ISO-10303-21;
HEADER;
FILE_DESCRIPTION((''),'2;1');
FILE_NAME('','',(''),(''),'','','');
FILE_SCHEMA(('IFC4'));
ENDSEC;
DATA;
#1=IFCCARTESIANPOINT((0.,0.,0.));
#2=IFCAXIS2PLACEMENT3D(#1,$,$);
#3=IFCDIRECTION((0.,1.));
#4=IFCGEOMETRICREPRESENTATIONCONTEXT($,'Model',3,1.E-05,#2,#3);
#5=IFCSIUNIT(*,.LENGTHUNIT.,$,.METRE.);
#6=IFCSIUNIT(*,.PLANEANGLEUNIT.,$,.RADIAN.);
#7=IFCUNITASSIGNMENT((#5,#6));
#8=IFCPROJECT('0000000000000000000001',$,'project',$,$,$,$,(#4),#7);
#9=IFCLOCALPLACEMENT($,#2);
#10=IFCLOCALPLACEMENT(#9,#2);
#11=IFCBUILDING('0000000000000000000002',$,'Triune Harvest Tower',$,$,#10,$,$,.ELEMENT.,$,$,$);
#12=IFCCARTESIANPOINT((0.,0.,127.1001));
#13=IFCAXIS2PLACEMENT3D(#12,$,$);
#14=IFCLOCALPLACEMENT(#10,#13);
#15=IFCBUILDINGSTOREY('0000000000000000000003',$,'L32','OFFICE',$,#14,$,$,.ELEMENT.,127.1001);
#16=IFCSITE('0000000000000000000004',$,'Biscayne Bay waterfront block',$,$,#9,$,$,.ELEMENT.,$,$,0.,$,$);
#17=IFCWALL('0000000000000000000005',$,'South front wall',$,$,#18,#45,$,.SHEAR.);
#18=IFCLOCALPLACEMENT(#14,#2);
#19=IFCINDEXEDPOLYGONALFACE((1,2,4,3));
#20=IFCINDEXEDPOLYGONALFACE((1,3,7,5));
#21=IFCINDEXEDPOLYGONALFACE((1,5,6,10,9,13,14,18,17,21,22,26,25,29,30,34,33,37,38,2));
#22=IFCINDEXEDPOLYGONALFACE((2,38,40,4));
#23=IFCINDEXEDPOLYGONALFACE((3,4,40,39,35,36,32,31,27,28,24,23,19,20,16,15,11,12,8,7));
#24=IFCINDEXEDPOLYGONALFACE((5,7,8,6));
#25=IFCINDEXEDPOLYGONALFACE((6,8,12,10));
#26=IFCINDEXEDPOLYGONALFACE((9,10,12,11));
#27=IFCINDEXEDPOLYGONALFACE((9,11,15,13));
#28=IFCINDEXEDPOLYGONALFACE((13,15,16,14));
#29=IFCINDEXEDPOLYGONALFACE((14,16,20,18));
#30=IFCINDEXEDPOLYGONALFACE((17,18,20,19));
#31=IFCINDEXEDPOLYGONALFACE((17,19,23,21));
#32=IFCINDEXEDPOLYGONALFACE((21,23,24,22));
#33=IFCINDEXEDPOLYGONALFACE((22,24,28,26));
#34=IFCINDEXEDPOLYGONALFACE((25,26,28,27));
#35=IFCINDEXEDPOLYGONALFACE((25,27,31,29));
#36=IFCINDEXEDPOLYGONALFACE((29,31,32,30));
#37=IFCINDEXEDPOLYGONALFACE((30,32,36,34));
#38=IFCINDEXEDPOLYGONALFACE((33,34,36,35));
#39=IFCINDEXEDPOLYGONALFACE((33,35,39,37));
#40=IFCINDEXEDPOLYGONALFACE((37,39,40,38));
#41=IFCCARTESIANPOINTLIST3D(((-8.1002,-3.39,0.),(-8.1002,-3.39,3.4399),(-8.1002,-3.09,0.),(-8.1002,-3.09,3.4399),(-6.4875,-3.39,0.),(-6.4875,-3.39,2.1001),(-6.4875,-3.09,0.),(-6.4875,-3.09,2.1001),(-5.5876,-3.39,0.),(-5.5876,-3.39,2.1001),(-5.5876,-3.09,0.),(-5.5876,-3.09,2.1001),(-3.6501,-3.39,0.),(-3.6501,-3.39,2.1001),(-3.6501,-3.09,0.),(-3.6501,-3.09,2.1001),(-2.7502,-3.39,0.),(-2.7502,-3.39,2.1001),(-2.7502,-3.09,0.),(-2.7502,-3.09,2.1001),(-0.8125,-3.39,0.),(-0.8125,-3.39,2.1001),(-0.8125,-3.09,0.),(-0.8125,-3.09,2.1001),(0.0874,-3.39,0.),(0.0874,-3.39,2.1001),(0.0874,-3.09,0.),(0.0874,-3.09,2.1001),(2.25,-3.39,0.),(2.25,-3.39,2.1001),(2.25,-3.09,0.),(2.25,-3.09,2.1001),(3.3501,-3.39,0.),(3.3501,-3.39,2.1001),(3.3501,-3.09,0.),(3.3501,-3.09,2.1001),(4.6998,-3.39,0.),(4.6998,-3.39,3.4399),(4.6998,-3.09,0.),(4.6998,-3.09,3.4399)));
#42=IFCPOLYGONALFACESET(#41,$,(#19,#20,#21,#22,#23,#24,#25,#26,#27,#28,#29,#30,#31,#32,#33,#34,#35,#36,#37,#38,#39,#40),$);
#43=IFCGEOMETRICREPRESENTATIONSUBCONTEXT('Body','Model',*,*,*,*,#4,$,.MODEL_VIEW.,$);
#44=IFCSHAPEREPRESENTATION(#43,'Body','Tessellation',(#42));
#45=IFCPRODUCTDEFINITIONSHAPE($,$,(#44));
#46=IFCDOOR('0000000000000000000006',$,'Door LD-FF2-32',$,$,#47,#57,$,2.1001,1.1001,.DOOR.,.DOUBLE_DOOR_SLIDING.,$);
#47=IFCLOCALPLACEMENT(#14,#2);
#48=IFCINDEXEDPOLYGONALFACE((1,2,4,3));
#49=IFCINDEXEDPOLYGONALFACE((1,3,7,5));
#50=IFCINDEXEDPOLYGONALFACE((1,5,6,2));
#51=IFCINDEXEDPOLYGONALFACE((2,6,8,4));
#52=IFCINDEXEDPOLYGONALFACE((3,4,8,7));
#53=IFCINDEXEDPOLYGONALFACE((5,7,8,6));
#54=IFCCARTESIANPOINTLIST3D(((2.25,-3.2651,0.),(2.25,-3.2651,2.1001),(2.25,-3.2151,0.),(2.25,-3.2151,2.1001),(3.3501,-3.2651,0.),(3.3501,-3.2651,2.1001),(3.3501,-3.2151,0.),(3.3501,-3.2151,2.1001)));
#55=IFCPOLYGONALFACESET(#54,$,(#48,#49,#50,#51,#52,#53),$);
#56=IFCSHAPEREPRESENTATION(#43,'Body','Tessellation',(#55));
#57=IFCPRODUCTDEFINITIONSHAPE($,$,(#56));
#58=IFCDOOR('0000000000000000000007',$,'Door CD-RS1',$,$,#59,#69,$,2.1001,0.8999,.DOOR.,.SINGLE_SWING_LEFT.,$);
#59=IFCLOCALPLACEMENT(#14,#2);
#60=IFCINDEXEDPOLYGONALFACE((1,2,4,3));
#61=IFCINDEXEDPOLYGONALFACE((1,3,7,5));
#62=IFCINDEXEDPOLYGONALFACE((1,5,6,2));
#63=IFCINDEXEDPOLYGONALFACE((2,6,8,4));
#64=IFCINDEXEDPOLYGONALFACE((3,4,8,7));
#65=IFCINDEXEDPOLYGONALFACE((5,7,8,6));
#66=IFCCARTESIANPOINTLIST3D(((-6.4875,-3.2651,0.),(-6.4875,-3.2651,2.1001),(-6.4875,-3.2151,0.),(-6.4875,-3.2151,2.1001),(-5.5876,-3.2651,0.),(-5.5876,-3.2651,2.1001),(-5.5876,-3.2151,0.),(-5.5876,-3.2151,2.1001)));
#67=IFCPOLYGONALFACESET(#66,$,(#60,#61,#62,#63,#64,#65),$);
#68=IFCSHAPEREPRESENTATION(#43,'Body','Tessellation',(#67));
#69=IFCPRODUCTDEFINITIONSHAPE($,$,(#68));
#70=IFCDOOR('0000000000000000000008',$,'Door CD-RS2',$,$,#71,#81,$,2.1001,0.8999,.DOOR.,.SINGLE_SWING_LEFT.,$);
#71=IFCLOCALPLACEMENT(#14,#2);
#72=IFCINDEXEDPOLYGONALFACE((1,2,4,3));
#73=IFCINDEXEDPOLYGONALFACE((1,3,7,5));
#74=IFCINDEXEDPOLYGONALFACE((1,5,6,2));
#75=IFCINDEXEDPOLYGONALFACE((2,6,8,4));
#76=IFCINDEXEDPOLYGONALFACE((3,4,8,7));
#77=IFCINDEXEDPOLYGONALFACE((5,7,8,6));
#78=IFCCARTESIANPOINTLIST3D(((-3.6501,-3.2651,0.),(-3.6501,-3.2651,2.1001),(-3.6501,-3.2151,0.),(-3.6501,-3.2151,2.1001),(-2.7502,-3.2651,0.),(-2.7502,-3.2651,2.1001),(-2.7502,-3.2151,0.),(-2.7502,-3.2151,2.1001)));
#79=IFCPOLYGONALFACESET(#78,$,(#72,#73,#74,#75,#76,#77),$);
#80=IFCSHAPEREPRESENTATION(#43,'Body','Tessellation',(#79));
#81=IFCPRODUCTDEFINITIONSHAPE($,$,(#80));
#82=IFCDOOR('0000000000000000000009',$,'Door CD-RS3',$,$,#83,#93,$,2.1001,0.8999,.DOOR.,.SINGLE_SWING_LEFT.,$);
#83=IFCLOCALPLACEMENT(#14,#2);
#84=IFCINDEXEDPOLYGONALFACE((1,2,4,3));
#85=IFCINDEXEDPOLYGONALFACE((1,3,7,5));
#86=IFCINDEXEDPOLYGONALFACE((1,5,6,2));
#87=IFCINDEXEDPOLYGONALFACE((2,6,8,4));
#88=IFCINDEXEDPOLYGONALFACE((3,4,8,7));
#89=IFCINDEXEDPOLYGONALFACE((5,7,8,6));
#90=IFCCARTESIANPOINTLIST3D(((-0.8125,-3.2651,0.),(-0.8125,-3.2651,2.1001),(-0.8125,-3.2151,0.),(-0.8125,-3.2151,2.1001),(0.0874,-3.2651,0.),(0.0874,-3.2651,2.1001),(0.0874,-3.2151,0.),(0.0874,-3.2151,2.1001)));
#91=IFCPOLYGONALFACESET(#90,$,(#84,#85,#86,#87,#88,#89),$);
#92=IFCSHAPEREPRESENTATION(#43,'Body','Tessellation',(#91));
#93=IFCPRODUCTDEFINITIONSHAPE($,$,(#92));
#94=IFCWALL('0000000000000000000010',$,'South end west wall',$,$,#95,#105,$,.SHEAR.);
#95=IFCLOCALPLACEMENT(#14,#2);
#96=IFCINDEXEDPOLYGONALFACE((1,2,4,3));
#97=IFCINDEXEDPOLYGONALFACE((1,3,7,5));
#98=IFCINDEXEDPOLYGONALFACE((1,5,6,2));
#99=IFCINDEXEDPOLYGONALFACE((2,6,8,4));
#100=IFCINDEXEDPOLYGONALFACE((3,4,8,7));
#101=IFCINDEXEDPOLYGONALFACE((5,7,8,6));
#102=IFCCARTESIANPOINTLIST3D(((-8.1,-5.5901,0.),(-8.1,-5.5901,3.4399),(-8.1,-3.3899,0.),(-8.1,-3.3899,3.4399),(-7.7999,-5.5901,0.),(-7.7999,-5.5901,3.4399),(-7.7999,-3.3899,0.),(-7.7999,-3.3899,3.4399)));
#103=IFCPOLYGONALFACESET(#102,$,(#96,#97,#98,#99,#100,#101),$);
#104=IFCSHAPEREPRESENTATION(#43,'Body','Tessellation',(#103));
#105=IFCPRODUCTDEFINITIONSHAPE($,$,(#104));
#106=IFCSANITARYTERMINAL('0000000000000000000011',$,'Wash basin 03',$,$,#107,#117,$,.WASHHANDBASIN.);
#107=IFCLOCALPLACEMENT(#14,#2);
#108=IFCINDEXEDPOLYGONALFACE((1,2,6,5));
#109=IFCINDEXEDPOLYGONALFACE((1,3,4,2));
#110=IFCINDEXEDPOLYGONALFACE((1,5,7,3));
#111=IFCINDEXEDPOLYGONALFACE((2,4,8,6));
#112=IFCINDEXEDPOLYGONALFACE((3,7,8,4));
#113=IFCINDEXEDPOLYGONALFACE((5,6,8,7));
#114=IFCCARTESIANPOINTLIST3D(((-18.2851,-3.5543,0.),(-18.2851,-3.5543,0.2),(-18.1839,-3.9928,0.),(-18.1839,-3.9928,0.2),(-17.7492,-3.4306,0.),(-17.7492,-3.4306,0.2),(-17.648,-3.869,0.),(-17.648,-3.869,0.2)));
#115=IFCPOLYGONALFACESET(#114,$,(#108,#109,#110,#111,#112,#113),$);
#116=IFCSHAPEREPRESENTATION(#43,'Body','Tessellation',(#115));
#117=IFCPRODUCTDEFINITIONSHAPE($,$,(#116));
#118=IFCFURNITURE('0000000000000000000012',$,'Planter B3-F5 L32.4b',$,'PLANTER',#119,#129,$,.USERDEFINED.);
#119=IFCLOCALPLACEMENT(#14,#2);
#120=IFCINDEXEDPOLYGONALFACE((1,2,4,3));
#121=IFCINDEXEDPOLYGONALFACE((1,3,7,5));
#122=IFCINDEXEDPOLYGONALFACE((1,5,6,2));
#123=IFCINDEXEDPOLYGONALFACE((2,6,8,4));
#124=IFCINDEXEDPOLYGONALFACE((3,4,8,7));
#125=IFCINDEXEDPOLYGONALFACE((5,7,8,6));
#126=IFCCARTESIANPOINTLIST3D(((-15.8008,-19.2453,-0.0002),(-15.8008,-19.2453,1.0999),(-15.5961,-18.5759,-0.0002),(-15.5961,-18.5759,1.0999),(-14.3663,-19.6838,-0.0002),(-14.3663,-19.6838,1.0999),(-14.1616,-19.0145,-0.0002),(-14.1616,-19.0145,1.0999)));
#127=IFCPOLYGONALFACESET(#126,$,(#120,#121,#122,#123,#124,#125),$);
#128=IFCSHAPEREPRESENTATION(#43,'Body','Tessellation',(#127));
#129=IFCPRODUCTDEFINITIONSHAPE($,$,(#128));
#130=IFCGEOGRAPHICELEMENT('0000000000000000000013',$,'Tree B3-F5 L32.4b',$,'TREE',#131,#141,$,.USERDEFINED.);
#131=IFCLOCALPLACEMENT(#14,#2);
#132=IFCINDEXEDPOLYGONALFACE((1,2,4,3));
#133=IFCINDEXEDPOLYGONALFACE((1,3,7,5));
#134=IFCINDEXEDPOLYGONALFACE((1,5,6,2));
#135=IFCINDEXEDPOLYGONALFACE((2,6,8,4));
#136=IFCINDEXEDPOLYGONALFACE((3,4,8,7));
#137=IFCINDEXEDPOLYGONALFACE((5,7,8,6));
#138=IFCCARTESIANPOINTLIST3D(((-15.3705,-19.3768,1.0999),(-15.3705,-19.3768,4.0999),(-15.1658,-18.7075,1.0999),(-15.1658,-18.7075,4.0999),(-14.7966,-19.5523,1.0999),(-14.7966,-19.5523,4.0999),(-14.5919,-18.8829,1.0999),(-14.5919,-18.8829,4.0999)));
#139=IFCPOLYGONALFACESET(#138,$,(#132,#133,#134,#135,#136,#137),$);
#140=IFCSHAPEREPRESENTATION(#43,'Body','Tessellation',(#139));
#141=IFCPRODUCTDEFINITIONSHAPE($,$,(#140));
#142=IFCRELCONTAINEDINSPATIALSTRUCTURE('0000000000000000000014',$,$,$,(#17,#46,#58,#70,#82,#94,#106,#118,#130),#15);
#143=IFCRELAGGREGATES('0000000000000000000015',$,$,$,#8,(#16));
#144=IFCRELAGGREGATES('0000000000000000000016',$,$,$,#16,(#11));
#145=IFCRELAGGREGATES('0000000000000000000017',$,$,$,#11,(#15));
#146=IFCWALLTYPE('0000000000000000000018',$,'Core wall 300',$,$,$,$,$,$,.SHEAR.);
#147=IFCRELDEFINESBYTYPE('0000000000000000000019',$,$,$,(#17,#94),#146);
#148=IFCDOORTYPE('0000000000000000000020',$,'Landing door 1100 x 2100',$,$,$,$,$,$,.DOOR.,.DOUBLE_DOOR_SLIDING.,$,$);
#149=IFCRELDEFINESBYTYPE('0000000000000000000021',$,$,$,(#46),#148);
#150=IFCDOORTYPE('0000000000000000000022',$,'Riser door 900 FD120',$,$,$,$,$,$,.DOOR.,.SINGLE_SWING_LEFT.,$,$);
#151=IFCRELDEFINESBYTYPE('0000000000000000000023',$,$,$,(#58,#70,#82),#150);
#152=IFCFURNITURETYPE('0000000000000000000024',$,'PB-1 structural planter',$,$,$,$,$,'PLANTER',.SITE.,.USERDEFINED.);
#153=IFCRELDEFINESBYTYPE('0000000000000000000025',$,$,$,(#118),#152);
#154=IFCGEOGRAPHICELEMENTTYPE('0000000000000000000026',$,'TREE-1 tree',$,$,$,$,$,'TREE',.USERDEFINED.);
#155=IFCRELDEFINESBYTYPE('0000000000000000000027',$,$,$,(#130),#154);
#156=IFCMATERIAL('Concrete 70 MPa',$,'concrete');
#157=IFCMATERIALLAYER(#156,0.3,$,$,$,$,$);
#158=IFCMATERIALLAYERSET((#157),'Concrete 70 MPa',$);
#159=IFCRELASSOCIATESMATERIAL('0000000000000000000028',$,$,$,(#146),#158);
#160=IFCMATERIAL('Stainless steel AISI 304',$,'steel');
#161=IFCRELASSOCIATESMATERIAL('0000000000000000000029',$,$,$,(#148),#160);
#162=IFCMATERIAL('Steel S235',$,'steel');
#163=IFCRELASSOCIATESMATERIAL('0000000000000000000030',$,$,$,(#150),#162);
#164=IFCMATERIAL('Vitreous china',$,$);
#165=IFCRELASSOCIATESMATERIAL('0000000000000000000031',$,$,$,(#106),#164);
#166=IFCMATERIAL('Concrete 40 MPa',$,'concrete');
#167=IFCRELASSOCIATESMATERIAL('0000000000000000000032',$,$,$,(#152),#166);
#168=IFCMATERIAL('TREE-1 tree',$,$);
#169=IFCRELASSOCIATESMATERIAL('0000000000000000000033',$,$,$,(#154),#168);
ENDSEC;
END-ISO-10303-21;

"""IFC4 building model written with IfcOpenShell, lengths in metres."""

from ifc_helpers import new_model, si_unit, direction, frame, frame_2d, origin, origin_2d, place, context, subcontext, project, spatial, rectangle, extrude, source, transform, mapped, material, layer, layer_set, type_object, element, fill, save


model = new_model("IFC4")

# Units and contexts
model_context = context("Model", 3, precision=1e-05, world=origin(), true_north=direction((0.0, 1.0)))
body_context = subcontext(model_context, "Body", "Model", "MODEL_VIEW")
ifc_project = project(units=[si_unit("LENGTHUNIT", "METRE"), si_unit("PLANEANGLEUNIT", "RADIAN")], contexts=[model_context])

# Site, building, storey
site_placement = place(None, origin())
site = spatial("IfcSite", under=ifc_project, at=site_placement, Name="Biscayne Bay waterfront block", CompositionType="ELEMENT", RefElevation=0.0)
building_placement = place(site_placement, origin())
building = spatial("IfcBuilding", under=site, at=building_placement, Name="Triune Harvest Tower", CompositionType="ELEMENT")
storey_placement = place(building_placement, frame((0.0, 0.0, 127.1001)))
storey = spatial("IfcBuildingStorey", under=building, at=storey_placement, Name="L32", Description="OFFICE", CompositionType="ELEMENT", Elevation=127.1001)

# Wall, openings, doors
ifc_material_1 = material(Name="Concrete 70 MPa", Category="concrete")
ifc_layer_1 = layer(ifc_material_1, 0.3)
ifc_layer_set_1 = layer_set([ifc_layer_1], Name="Concrete 70 MPa")
wall_type_1 = type_object("IfcWallType", Name="Core wall 300", PredefinedType="SHEAR", material=ifc_layer_set_1)
shared_shape_1 = source(origin(), body_context, "Body", "SweptSolid", [
    extrude(rectangle(XDim=12.8, YDim=0.3, at=frame_2d((6.3999, 0.0))), origin(), (0.0, 0.0, 1.0), 3.4399),
])
wall_1_placement = place(storey_placement, frame((-8.1001, -3.24, 0.0), z_axis=(0.0, 0.0, 1.0), x_axis=(1.0, 0.0, 0.0)))
wall_1 = element("IfcWall", 1, at=wall_1_placement, inside=storey, type_object=wall_type_1, Name="South front wall", PredefinedType="SHEAR", context=body_context, shape_type="MappedRepresentation", body=[
    mapped(shared_shape_1, transform((0.0, 0.0, 0.0), scale=1.0)),
])
opening_1_placement = place(wall_1_placement, frame((1.6125, 0.0, 0.0)))
opening_1 = element("IfcOpeningElement", 2, at=opening_1_placement, cuts=wall_1, PredefinedType="OPENING", context=body_context, shape_type="SweptSolid", body=[
    extrude(rectangle(XDim=0.8999, YDim=2.1001, at=frame_2d((0.45, 1.05))), frame((0.0, 0.1602, 0.0), z_axis=(0.0, -1.0, 0.0), x_axis=(1.0, 0.0, 0.0)), (0.0, 0.0, 1.0), 0.3201),
])
opening_2_placement = place(wall_1_placement, frame((4.45, 0.0, 0.0)))
opening_2 = element("IfcOpeningElement", 3, at=opening_2_placement, cuts=wall_1, PredefinedType="OPENING", context=body_context, shape_type="SweptSolid", body=[
    extrude(rectangle(XDim=0.8999, YDim=2.1001, at=frame_2d((0.45, 1.05))), frame((0.0, 0.1602, 0.0), z_axis=(0.0, -1.0, 0.0), x_axis=(1.0, 0.0, 0.0)), (0.0, 0.0, 1.0), 0.3201),
])
opening_3_placement = place(wall_1_placement, frame((7.2876, 0.0, 0.0)))
opening_3 = element("IfcOpeningElement", 4, at=opening_3_placement, cuts=wall_1, PredefinedType="OPENING", context=body_context, shape_type="SweptSolid", body=[
    extrude(rectangle(XDim=0.8999, YDim=2.1001, at=frame_2d((0.45, 1.05))), frame((0.0, 0.1602, 0.0), z_axis=(0.0, -1.0, 0.0), x_axis=(1.0, 0.0, 0.0)), (0.0, 0.0, 1.0), 0.3201),
])
opening_4_placement = place(wall_1_placement, frame((10.3501, 0.0, 0.0)))
opening_4 = element("IfcOpeningElement", 5, at=opening_4_placement, cuts=wall_1, PredefinedType="OPENING", context=body_context, shape_type="SweptSolid", body=[
    extrude(rectangle(XDim=1.1001, YDim=2.1001, at=frame_2d((0.55, 1.05))), frame((0.0, 0.1602, 0.0), z_axis=(0.0, -1.0, 0.0), x_axis=(1.0, 0.0, 0.0)), (0.0, 0.0, 1.0), 0.3201),
])
ifc_material_2 = material(Name="Stainless steel AISI 304", Category="steel")
door_type_1 = type_object("IfcDoorType", Name="Landing door 1100 x 2100", OperationType="DOUBLE_DOOR_SLIDING", PredefinedType="DOOR", material=ifc_material_2)
door_1_placement = place(opening_4_placement, origin())
door_1 = element("IfcDoor", 6, at=door_1_placement, inside=storey, type_object=door_type_1, Name="Door LD-FF2-32", OperationType="DOUBLE_DOOR_SLIDING", OverallHeight=2.1001, OverallWidth=1.1001, PredefinedType="DOOR", context=body_context, shape_type="SweptSolid", body=[
    extrude(rectangle(XDim=1.1001, YDim=2.1001, at=frame_2d((0.55, 1.05))), frame((0.0, 0.0249, 0.0), z_axis=(0.0, -1.0, 0.0), x_axis=(1.0, 0.0, 0.0)), (0.0, 0.0, 1.0), 0.05),
])
fill(opening_4, door_1)
ifc_material_3 = material(Name="Steel S235", Category="steel")
door_type_2 = type_object("IfcDoorType", Name="Riser door 900 FD120", OperationType="SINGLE_SWING_LEFT", PredefinedType="DOOR", material=ifc_material_3)
door_2_placement = place(opening_1_placement, origin())
door_2 = element("IfcDoor", 7, at=door_2_placement, inside=storey, type_object=door_type_2, Name="Door CD-RS1", OperationType="SINGLE_SWING_LEFT", OverallHeight=2.1001, OverallWidth=0.8999, PredefinedType="DOOR", context=body_context, shape_type="SweptSolid", body=[
    extrude(rectangle(XDim=0.8999, YDim=2.1001, at=frame_2d((0.45, 1.05))), frame((0.0, 0.0249, 0.0), z_axis=(0.0, -1.0, 0.0), x_axis=(1.0, 0.0, 0.0)), (0.0, 0.0, 1.0), 0.05),
])
fill(opening_1, door_2)
door_3_placement = place(opening_2_placement, origin())
door_3 = element("IfcDoor", 8, at=door_3_placement, inside=storey, type_object=door_type_2, Name="Door CD-RS2", OperationType="SINGLE_SWING_LEFT", OverallHeight=2.1001, OverallWidth=0.8999, PredefinedType="DOOR", context=body_context, shape_type="SweptSolid", body=[
    extrude(rectangle(XDim=0.8999, YDim=2.1001, at=frame_2d((0.45, 1.05))), frame((0.0, 0.0249, 0.0), z_axis=(0.0, -1.0, 0.0), x_axis=(1.0, 0.0, 0.0)), (0.0, 0.0, 1.0), 0.05),
])
fill(opening_2, door_3)
door_4_placement = place(opening_3_placement, origin())
door_4 = element("IfcDoor", 9, at=door_4_placement, inside=storey, type_object=door_type_2, Name="Door CD-RS3", OperationType="SINGLE_SWING_LEFT", OverallHeight=2.1001, OverallWidth=0.8999, PredefinedType="DOOR", context=body_context, shape_type="SweptSolid", body=[
    extrude(rectangle(XDim=0.8999, YDim=2.1001, at=frame_2d((0.45, 1.05))), frame((0.0, 0.0249, 0.0), z_axis=(0.0, -1.0, 0.0), x_axis=(1.0, 0.0, 0.0)), (0.0, 0.0, 1.0), 0.05),
])
fill(opening_3, door_4)

# Wall
shared_shape_2 = source(origin(), body_context, "Body", "SweptSolid", [
    extrude(rectangle(XDim=2.2002, YDim=0.3, at=frame_2d((1.1001, 0.0))), origin(), (0.0, 0.0, 1.0), 3.4399),
])
wall_2_placement = place(storey_placement, frame((-7.95, -5.5901, 0.0), z_axis=(0.0, 0.0, 1.0), x_axis=(0.0, 1.0, 0.0)))
element("IfcWall", 10, at=wall_2_placement, inside=storey, type_object=wall_type_1, Name="South end west wall", PredefinedType="SHEAR", context=body_context, shape_type="MappedRepresentation", body=[
    mapped(shared_shape_2, transform((0.0, 0.0, 0.0), scale=1.0)),
])

# Sanitary terminal
ifc_material_4 = material(Name="Vitreous china")
shared_shape_3 = source(origin(), body_context, "Body", "SweptSolid", [
    extrude(rectangle(XDim=0.55, YDim=0.45, at=origin_2d()), origin(), (0.0, 0.0, 1.0), 0.2),
])
sanitary_terminal_placement = place(storey_placement, frame((-17.9666, -3.7117, 0.0), z_axis=(0.0, 0.0, 1.0), x_axis=(-0.974366, -0.224968, 0.0)))
element("IfcSanitaryTerminal", 11, at=sanitary_terminal_placement, inside=storey, material=ifc_material_4, Name="Wash basin 03", PredefinedType="WASHHANDBASIN", context=body_context, shape_type="MappedRepresentation", body=[
    mapped(shared_shape_3, transform((0.0, 0.0, 0.0), scale=1.0)),
])

# Furniture
ifc_material_5 = material(Name="Concrete 40 MPa", Category="concrete")
furniture_type = type_object("IfcFurnitureType", Name="PB-1 structural planter", ElementType="PLANTER", AssemblyPlace="SITE", PredefinedType="USERDEFINED", material=ifc_material_5)
shared_shape_4 = source(origin(), body_context, "Body", "SweptSolid", [
    extrude(rectangle(XDim=1.5, YDim=0.7, at=origin_2d()), origin(), (0.0, 0.0, 1.0), 1.1001),
])
furniture_placement = place(storey_placement, frame((-14.9812, -19.1299, -0.0002), z_axis=(0.0, 0.0, 1.0), x_axis=(0.956304, -0.292373, 0.0)))
element("IfcFurniture", 12, at=furniture_placement, inside=storey, type_object=furniture_type, Name="Planter B3-F5 L32.4b", ObjectType="PLANTER", PredefinedType="USERDEFINED", context=body_context, shape_type="MappedRepresentation", body=[
    mapped(shared_shape_4, transform((0.0, 0.0, 0.0), scale=1.0)),
])

# Geographic element
ifc_material_6 = material(Name="TREE-1 tree")
geographic_element_type = type_object("IfcGeographicElementType", Name="TREE-1 tree", ElementType="TREE", PredefinedType="USERDEFINED", material=ifc_material_6)
shared_shape_5 = source(origin(), body_context, "Body", "SweptSolid", [
    extrude(rectangle(XDim=0.6001, YDim=0.7, at=origin_2d()), origin(), (0.0, 0.0, 1.0), 3.0),
])
geographic_element_placement = place(storey_placement, frame((-14.9812, -19.1299, 1.0999), z_axis=(0.0, 0.0, 1.0), x_axis=(0.956304, -0.292373, 0.0)))
element("IfcGeographicElement", 13, at=geographic_element_placement, inside=storey, type_object=geographic_element_type, Name="Tree B3-F5 L32.4b", ObjectType="TREE", PredefinedType="USERDEFINED", context=body_context, shape_type="MappedRepresentation", body=[
    mapped(shared_shape_5, transform((0.0, 0.0, 0.0), scale=1.0)),
])

save(model, "model.ifc")
